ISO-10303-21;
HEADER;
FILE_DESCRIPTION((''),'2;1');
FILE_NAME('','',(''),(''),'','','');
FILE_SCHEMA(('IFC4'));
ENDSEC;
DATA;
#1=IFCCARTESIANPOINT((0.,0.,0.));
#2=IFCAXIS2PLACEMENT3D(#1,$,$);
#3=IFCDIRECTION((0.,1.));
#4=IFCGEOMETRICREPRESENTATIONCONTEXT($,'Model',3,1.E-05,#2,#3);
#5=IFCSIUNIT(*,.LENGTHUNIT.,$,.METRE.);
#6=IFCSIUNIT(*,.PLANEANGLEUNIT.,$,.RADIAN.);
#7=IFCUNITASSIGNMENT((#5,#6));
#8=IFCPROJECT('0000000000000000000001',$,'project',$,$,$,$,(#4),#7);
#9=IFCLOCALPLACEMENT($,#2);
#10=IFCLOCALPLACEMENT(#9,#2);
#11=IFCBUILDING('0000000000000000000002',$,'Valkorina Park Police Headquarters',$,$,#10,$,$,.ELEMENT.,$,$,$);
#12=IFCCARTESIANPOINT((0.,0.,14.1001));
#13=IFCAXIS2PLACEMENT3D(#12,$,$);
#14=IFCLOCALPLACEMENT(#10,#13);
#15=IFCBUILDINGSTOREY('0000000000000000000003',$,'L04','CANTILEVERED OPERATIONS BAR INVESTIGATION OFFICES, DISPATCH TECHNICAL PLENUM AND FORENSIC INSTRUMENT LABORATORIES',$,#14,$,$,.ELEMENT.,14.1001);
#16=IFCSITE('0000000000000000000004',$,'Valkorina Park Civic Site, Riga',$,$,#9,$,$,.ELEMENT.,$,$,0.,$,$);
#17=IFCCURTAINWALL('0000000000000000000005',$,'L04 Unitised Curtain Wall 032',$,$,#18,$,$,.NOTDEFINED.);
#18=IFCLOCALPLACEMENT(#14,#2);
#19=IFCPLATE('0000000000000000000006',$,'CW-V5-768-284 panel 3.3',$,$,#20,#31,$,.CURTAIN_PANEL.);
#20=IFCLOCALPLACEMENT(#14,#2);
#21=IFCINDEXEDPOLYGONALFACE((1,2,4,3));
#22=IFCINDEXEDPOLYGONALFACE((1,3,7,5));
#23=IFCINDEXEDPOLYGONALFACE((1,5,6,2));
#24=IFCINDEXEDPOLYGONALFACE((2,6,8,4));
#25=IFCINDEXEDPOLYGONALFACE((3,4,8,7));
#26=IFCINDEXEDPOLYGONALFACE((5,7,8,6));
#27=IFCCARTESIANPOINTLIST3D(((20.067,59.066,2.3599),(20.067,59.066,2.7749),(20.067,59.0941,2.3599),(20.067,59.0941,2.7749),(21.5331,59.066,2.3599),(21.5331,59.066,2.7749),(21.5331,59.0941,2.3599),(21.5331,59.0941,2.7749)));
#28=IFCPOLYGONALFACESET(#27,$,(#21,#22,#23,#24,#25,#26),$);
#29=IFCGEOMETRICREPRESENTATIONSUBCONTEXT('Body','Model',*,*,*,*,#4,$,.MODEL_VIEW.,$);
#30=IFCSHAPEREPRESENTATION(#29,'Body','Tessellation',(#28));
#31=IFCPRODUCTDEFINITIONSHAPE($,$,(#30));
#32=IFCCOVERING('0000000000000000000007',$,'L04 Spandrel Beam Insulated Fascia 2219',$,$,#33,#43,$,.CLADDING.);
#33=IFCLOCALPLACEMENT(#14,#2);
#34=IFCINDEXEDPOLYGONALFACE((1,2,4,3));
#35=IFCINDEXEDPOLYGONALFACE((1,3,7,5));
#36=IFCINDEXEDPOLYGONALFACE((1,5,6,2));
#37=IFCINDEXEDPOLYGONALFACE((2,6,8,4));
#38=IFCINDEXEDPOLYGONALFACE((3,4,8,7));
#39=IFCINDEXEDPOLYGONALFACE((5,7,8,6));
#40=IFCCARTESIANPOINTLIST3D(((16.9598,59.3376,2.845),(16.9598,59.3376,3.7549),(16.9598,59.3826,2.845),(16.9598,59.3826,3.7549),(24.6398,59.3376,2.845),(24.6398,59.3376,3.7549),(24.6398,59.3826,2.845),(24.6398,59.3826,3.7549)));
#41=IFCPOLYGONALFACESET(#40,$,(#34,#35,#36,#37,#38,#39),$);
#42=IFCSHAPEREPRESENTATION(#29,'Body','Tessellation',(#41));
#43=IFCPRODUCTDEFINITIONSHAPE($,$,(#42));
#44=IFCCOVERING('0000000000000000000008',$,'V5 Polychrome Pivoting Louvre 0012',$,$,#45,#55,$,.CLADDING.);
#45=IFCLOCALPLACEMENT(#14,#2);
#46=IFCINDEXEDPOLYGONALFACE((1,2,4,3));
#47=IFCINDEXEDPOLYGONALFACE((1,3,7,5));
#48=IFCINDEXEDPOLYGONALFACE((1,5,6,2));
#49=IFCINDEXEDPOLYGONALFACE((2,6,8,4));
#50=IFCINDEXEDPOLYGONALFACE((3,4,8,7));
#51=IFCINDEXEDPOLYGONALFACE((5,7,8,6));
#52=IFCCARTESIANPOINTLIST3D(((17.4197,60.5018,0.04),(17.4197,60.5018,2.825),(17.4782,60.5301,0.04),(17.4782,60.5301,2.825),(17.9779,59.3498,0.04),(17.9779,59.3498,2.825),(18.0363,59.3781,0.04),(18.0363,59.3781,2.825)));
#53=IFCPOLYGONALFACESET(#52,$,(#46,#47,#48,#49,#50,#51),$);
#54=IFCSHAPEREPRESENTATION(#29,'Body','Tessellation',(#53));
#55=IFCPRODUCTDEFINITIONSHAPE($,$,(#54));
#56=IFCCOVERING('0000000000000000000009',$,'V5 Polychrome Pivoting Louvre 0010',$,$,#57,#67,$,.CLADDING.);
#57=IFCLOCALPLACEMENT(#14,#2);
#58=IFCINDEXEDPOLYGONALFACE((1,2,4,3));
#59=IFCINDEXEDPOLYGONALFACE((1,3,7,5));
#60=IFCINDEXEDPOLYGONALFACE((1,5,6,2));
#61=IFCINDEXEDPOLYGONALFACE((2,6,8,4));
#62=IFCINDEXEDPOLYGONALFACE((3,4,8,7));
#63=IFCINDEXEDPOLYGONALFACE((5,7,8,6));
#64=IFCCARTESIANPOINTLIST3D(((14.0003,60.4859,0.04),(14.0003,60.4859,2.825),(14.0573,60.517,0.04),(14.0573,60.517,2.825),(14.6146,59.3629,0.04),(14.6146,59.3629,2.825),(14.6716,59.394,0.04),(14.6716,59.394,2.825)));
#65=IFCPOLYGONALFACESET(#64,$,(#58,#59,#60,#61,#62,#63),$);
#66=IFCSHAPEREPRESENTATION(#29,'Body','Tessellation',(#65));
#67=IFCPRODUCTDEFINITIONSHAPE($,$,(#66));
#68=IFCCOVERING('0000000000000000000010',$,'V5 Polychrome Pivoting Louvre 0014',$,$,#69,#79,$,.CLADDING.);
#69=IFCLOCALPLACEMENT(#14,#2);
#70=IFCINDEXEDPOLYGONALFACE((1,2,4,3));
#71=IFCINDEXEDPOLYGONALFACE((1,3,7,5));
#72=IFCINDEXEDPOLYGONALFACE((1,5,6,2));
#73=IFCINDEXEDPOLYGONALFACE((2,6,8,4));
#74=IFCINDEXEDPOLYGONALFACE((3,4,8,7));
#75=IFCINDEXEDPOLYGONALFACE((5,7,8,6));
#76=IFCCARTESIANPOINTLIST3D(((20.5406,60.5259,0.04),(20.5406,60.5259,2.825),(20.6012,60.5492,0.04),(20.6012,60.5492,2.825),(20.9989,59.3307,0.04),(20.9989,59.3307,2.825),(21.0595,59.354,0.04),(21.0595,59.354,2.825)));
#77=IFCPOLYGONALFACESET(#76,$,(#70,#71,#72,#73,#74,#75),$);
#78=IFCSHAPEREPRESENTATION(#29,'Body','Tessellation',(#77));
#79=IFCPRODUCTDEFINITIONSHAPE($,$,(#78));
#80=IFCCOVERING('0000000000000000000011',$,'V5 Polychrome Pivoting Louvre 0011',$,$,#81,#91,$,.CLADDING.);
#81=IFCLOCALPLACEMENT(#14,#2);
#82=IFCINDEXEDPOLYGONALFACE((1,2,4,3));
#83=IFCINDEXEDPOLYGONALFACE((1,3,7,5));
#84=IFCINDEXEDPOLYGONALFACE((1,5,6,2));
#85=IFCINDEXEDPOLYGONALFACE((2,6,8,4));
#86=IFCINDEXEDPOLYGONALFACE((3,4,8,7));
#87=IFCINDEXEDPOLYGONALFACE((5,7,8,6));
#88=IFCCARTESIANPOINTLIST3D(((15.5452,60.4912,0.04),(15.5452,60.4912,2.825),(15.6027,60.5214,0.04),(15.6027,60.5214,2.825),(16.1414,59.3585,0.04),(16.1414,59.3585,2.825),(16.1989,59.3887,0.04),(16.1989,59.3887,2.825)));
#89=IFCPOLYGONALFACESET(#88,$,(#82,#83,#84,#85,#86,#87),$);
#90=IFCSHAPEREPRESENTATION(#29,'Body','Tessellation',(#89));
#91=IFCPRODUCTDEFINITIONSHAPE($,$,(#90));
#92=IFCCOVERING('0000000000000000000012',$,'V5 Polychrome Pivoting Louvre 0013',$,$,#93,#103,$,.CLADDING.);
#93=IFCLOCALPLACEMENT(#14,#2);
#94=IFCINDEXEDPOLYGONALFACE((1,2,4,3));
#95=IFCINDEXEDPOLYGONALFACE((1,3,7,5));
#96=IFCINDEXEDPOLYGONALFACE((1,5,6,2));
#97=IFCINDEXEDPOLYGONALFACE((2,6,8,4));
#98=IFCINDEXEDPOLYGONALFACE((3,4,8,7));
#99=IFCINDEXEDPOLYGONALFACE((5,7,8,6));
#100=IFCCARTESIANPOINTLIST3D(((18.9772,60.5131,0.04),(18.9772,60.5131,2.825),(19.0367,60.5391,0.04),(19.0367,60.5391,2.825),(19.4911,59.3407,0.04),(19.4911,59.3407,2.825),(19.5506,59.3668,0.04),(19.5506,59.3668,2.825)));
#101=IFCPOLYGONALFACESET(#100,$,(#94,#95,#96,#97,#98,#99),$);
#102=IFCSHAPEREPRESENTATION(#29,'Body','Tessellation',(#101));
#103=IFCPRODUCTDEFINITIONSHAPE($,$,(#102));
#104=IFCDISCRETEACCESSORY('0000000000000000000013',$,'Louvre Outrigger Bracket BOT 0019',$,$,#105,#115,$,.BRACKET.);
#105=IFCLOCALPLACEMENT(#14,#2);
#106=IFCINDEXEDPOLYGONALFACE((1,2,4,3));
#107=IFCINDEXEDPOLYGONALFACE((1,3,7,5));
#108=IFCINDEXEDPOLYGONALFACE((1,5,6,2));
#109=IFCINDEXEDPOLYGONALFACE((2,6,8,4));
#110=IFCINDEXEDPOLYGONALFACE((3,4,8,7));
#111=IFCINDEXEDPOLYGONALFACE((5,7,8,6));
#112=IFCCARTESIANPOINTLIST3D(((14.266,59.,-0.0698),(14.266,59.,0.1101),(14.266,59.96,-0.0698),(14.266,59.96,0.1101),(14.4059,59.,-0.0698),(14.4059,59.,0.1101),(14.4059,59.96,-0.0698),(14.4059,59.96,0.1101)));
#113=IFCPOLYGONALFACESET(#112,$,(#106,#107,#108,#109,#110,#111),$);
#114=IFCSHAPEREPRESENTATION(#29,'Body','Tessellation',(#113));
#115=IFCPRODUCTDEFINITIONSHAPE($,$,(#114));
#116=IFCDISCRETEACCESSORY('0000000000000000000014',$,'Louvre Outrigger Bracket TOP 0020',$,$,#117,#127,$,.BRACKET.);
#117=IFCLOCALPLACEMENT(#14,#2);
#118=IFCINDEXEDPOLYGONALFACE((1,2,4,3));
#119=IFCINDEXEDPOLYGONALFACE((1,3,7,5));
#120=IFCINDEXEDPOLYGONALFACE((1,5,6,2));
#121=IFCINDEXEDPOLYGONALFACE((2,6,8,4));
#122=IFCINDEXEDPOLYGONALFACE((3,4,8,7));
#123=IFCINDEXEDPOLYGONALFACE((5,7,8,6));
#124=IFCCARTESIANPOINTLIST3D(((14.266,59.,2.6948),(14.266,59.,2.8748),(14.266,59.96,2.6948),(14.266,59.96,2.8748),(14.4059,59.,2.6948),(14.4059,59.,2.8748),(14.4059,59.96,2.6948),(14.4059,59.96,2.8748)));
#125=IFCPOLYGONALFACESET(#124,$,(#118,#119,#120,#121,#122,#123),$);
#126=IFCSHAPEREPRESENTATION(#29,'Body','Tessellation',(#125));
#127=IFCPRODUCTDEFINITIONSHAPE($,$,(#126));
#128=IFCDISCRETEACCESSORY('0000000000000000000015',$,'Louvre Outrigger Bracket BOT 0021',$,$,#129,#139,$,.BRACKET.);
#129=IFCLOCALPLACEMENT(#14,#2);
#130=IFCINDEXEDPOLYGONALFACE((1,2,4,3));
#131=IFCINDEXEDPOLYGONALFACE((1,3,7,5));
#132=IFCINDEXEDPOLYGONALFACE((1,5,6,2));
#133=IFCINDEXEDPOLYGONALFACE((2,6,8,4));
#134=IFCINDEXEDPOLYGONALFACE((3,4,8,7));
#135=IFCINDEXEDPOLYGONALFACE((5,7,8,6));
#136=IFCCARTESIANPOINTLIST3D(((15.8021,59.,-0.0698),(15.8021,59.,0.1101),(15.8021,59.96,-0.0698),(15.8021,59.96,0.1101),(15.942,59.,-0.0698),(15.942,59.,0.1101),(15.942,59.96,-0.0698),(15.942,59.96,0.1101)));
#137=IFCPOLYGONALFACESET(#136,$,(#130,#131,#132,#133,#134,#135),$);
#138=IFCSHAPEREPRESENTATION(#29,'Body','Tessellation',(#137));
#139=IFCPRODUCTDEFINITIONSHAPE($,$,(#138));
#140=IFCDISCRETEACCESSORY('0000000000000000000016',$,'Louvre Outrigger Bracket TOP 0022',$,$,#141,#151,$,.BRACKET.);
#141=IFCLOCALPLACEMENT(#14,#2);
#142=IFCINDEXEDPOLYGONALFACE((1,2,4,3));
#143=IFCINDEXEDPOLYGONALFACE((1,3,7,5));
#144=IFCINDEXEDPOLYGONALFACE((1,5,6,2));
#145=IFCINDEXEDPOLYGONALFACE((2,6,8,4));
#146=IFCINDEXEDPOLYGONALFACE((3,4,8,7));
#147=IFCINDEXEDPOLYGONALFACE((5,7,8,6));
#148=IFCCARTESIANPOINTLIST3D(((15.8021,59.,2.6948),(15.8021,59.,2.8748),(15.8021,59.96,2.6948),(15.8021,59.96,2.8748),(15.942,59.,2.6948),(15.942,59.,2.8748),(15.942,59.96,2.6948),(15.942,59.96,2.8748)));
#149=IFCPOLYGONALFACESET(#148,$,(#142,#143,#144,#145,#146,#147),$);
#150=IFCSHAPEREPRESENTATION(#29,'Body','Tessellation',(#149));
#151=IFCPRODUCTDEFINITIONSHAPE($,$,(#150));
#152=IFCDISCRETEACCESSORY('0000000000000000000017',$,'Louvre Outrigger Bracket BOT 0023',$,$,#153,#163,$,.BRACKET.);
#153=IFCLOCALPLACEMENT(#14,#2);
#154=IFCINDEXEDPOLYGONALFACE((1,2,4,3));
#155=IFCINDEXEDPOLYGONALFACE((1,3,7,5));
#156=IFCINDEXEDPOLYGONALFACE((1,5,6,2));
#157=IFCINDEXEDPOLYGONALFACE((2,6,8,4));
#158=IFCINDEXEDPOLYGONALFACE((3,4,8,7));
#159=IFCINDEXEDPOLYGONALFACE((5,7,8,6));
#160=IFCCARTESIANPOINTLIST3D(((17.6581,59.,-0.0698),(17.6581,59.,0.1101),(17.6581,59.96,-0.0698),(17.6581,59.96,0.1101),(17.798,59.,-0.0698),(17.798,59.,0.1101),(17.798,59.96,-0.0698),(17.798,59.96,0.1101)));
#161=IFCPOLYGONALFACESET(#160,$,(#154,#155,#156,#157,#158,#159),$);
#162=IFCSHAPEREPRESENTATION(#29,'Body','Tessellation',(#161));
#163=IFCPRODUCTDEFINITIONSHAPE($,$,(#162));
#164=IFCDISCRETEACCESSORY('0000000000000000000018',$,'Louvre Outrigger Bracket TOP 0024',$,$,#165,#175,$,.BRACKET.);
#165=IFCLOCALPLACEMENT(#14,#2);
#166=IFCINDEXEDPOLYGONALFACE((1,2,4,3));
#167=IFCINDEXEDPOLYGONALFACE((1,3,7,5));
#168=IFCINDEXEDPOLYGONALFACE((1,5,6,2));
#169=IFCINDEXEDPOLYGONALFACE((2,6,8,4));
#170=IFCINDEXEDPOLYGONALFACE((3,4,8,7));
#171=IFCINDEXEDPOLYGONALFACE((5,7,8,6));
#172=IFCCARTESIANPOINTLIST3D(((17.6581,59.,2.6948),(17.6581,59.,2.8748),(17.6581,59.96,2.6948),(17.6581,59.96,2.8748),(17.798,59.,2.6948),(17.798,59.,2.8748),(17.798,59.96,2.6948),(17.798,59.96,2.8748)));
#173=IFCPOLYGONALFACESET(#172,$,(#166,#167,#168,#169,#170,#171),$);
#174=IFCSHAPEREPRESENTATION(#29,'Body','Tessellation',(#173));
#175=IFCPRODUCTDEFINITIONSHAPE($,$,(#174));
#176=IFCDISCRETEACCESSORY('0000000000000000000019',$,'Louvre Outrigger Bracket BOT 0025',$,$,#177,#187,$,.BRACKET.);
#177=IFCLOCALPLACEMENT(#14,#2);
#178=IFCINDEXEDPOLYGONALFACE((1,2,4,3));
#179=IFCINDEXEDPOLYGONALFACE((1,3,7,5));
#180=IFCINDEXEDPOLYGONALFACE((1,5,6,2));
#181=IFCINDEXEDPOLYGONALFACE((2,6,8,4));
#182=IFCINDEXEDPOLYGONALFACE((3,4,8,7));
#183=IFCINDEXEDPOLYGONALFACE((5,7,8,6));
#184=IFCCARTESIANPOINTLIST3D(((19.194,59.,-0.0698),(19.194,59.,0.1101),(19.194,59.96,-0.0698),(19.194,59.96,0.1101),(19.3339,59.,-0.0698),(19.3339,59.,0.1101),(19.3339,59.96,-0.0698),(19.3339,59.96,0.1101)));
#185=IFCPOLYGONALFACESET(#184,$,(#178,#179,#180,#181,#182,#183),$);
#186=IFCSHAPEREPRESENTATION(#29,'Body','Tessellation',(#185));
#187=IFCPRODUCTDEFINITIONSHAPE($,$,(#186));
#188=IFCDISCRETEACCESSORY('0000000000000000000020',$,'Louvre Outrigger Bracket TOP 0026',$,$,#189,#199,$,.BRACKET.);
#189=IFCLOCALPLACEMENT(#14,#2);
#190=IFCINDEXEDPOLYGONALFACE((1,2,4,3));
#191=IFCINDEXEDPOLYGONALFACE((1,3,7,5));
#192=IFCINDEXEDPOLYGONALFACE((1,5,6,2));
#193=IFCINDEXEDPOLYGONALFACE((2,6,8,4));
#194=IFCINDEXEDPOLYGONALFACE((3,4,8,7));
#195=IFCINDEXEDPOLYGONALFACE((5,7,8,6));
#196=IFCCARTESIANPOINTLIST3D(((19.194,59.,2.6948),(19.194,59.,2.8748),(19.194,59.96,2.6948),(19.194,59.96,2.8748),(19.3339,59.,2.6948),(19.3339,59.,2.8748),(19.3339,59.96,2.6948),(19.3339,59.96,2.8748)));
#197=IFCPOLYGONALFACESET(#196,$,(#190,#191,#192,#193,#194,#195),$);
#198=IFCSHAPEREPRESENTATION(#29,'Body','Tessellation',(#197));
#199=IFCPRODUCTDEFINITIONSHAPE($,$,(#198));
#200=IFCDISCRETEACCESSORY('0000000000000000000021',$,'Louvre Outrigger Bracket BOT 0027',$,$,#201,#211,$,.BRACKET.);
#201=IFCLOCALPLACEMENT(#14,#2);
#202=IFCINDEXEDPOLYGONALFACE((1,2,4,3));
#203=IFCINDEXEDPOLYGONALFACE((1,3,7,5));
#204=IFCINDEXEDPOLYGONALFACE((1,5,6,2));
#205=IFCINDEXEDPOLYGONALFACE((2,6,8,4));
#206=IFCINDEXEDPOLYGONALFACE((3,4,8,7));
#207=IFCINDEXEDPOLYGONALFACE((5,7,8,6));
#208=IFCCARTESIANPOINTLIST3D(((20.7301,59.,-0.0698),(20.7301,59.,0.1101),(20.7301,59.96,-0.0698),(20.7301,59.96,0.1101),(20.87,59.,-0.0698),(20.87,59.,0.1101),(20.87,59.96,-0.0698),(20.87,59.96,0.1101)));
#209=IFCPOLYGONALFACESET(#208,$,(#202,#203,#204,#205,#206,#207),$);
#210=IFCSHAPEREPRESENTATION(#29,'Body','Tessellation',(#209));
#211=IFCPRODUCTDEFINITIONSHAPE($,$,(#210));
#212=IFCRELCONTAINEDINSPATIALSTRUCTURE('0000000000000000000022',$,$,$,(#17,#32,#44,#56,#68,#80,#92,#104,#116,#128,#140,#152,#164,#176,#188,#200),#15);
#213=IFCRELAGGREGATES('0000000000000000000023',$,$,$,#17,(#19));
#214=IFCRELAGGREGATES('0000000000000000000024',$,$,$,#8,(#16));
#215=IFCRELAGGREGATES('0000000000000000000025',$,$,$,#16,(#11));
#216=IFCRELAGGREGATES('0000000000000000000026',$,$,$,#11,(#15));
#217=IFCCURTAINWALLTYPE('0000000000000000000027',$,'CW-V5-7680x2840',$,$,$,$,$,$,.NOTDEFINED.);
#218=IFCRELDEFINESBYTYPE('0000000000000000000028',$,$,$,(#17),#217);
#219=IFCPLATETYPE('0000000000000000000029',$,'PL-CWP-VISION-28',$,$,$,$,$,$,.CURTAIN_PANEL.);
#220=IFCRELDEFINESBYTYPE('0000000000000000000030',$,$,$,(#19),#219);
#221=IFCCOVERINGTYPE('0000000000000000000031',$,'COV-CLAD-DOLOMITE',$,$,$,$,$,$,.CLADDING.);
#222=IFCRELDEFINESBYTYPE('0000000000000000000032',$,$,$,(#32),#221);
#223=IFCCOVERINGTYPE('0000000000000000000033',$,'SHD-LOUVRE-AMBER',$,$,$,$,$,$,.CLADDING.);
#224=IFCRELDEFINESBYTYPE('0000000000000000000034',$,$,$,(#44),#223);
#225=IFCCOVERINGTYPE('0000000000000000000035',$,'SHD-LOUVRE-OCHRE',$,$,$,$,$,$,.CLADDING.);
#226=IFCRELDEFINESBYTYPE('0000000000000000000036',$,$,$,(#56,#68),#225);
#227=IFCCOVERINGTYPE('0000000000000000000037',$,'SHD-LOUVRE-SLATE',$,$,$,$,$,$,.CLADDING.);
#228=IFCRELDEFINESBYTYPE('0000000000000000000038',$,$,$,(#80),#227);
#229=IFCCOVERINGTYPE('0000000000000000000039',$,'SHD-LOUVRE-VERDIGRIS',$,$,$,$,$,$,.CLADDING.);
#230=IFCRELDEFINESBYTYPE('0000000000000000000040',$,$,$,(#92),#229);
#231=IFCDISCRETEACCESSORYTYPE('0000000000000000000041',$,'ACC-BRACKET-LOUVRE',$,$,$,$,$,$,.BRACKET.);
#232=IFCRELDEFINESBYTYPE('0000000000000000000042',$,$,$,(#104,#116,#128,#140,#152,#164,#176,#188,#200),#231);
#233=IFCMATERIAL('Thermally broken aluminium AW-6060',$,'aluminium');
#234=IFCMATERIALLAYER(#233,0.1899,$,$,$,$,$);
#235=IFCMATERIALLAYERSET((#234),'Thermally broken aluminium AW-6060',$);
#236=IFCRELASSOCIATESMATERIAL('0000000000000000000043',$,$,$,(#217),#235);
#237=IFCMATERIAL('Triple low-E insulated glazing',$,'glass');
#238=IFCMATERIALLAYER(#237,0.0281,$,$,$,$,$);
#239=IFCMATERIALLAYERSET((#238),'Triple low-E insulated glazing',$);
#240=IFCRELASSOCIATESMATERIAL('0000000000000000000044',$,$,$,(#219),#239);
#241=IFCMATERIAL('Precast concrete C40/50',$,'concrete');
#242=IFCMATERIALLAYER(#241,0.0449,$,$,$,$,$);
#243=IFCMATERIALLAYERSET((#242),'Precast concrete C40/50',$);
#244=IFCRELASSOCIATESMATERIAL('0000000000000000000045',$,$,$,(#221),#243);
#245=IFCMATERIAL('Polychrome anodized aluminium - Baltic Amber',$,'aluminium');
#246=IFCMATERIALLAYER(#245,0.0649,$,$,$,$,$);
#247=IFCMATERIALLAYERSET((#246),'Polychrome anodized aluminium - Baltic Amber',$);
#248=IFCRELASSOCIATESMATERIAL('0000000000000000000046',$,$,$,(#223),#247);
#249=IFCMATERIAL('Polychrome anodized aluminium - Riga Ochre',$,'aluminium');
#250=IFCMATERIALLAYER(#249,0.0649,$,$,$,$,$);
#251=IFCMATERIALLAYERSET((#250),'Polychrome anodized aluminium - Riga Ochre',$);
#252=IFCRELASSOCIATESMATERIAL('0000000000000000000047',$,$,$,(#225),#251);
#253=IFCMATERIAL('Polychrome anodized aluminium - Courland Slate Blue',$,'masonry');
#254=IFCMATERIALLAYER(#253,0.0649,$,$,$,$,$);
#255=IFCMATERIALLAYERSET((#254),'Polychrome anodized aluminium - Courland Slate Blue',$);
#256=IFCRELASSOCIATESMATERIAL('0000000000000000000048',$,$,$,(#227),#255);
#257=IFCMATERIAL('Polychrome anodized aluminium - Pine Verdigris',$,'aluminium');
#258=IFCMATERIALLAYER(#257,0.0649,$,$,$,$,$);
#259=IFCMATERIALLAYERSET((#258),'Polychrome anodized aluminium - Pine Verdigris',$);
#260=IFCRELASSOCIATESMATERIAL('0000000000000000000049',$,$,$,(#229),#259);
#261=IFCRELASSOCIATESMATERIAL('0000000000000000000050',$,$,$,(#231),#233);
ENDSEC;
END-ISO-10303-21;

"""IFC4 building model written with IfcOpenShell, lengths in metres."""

from ifc_helpers import new_model, si_unit, direction, frame, frame_2d, origin, origin_2d, place, context, subcontext, project, spatial, rectangle, extrude, material, layer, layer_set, type_object, element, aggregate, save


model = new_model("IFC4")

# Units and contexts
model_context = context("Model", 3, precision=1e-05, world=origin(), true_north=direction((0.0, 1.0)))
body_context = subcontext(model_context, "Body", "Model", "MODEL_VIEW")
ifc_project = project(units=[si_unit("LENGTHUNIT", "METRE"), si_unit("PLANEANGLEUNIT", "RADIAN")], contexts=[model_context])

# Site, building, storey
site_placement = place(None, origin())
site = spatial("IfcSite", under=ifc_project, at=site_placement, Name="Valkorina Park Civic Site, Riga", CompositionType="ELEMENT", RefElevation=0.0)
building_placement = place(site_placement, origin())
building = spatial("IfcBuilding", under=site, at=building_placement, Name="Valkorina Park Police Headquarters", CompositionType="ELEMENT")
storey_placement = place(building_placement, frame((0.0, 0.0, 14.1001)))
storey = spatial("IfcBuildingStorey", under=building, at=storey_placement, Name="L04", Description="CANTILEVERED OPERATIONS BAR INVESTIGATION OFFICES, DISPATCH TECHNICAL PLENUM AND FORENSIC INSTRUMENT LABORATORIES", CompositionType="ELEMENT", Elevation=14.1001)

# Curtain wall, plate
ifc_material_1 = material(Name="Thermally broken aluminium AW-6060", Category="aluminium")
ifc_layer_1 = layer(ifc_material_1, 0.1899)
ifc_layer_set_1 = layer_set([ifc_layer_1], Name="Thermally broken aluminium AW-6060")
curtain_wall_type = type_object("IfcCurtainWallType", Name="CW-V5-7680x2840", PredefinedType="NOTDEFINED", material=ifc_layer_set_1)
curtain_wall_placement = place(storey_placement, origin())
curtain_wall = element("IfcCurtainWall", 1, at=curtain_wall_placement, inside=storey, type_object=curtain_wall_type, Name="L04 Unitised Curtain Wall 032", PredefinedType="NOTDEFINED")
ifc_material_2 = material(Name="Triple low-E insulated glazing", Category="glass")
ifc_layer_2 = layer(ifc_material_2, 0.0281)
ifc_layer_set_2 = layer_set([ifc_layer_2], Name="Triple low-E insulated glazing")
plate_type_1 = type_object("IfcPlateType", Name="PL-CWP-VISION-28", PredefinedType="CURTAIN_PANEL", material=ifc_layer_set_2)
plate_1_placement = place(storey_placement, frame((20.8, 59.0801, 2.3599), z_axis=(0.0, 0.0, 1.0), x_axis=(1.0, 0.0, 0.0)))
plate_1 = element("IfcPlate", 2, at=plate_1_placement, type_object=plate_type_1, Name="CW-V5-768-284 panel 3.3", PredefinedType="CURTAIN_PANEL", context=body_context, shape_type="SweptSolid", body=[
    extrude(rectangle(XDim=1.4661, YDim=0.0281, at=origin_2d()), origin(), (0.0, 0.0, 1.0), 0.415),
])
aggregate(curtain_wall, [plate_1])

# Coverings
ifc_material_3 = material(Name="Precast concrete C40/50", Category="concrete")
ifc_layer_3 = layer(ifc_material_3, 0.0449)
ifc_layer_set_3 = layer_set([ifc_layer_3], Name="Precast concrete C40/50")
covering_type_1 = type_object("IfcCoveringType", Name="COV-CLAD-DOLOMITE", PredefinedType="CLADDING", material=ifc_layer_set_3)
covering_1_placement = place(storey_placement, frame((16.96, 59.3601, 2.845), z_axis=(0.0, 0.0, 1.0), x_axis=(1.0, 0.0, 0.0)))
element("IfcCovering", 3, at=covering_1_placement, inside=storey, type_object=covering_type_1, Name="L04 Spandrel Beam Insulated Fascia 2219", PredefinedType="CLADDING", context=body_context, shape_type="SweptSolid", body=[
    extrude(rectangle(XDim=7.6799, YDim=0.0449, at=frame_2d((3.8398, 0.0))), origin(), (0.0, 0.0, 1.0), 0.9099),
])
ifc_material_4 = material(Name="Polychrome anodized aluminium - Baltic Amber", Category="aluminium")
ifc_layer_4 = layer(ifc_material_4, 0.0649)
ifc_layer_set_4 = layer_set([ifc_layer_4], Name="Polychrome anodized aluminium - Baltic Amber")
covering_type_2 = type_object("IfcCoveringType", Name="SHD-LOUVRE-AMBER", PredefinedType="CLADDING", material=ifc_layer_set_4)
covering_2_placement = place(storey_placement, frame((17.728, 59.9399, 0.04), z_axis=(0.0, 0.0, 1.0), x_axis=(-0.436017, 0.899939, 0.0)))
element("IfcCovering", 4, at=covering_2_placement, inside=storey, type_object=covering_type_2, Name="V5 Polychrome Pivoting Louvre 0012", PredefinedType="CLADDING", context=body_context, shape_type="SweptSolid", body=[
    extrude(rectangle(XDim=1.28, YDim=0.0649, at=origin_2d()), origin(), (0.0, 0.0, 1.0), 2.7849),
])
ifc_material_5 = material(Name="Polychrome anodized aluminium - Riga Ochre", Category="aluminium")
ifc_layer_5 = layer(ifc_material_5, 0.0649)
ifc_layer_set_5 = layer_set([ifc_layer_5], Name="Polychrome anodized aluminium - Riga Ochre")
covering_type_3 = type_object("IfcCoveringType", Name="SHD-LOUVRE-OCHRE", PredefinedType="CLADDING", material=ifc_layer_set_5)
for number, where, z_axis, x_axis, name in (
    (5, (14.3359, 59.9399, 0.04), (0.0, 0.0, 1.0), (-0.479917, 0.877314, 0.0), "V5 Polychrome Pivoting Louvre 0010"),
    (6, (20.8, 59.9399, 0.04), (0.0, 0.0, 1.0), (-0.358042, 0.933705, 0.0), "V5 Polychrome Pivoting Louvre 0014"),
):
    element("IfcCovering", number, at=place(storey_placement, frame(where, z_axis=z_axis, x_axis=x_axis)), inside=storey, type_object=covering_type_3, Name=name, PredefinedType="CLADDING", context=body_context, shape_type="SweptSolid", body=[
        extrude(rectangle(XDim=1.28, YDim=0.0649, at=origin_2d()), origin(), (0.0, 0.0, 1.0), 2.7849),
    ])
ifc_material_6 = material(Name="Polychrome anodized aluminium - Courland Slate Blue", Category="masonry")
ifc_layer_6 = layer(ifc_material_6, 0.0649)
ifc_layer_set_6 = layer_set([ifc_layer_6], Name="Polychrome anodized aluminium - Courland Slate Blue")
covering_type_4 = type_object("IfcCoveringType", Name="SHD-LOUVRE-SLATE", PredefinedType="CLADDING", material=ifc_layer_set_6)
covering_3_placement = place(storey_placement, frame((15.8721, 59.9399, 0.04), z_axis=(0.0, 0.0, 1.0), x_axis=(-0.465769, 0.884906, 0.0)))
element("IfcCovering", 7, at=covering_3_placement, inside=storey, type_object=covering_type_4, Name="V5 Polychrome Pivoting Louvre 0011", PredefinedType="CLADDING", context=body_context, shape_type="SweptSolid", body=[
    extrude(rectangle(XDim=1.28, YDim=0.0649, at=origin_2d()), origin(), (0.0, 0.0, 1.0), 2.7849),
])
ifc_material_7 = material(Name="Polychrome anodized aluminium - Pine Verdigris", Category="aluminium")
ifc_layer_7 = layer(ifc_material_7, 0.0649)
ifc_layer_set_7 = layer_set([ifc_layer_7], Name="Polychrome anodized aluminium - Pine Verdigris")
covering_type_5 = type_object("IfcCoveringType", Name="SHD-LOUVRE-VERDIGRIS", PredefinedType="CLADDING", material=ifc_layer_set_7)
covering_4_placement = place(storey_placement, frame((19.2639, 59.9399, 0.04), z_axis=(0.0, 0.0, 1.0), x_axis=(-0.401468, 0.915873, 0.0)))
element("IfcCovering", 8, at=covering_4_placement, inside=storey, type_object=covering_type_5, Name="V5 Polychrome Pivoting Louvre 0013", PredefinedType="CLADDING", context=body_context, shape_type="SweptSolid", body=[
    extrude(rectangle(XDim=1.28, YDim=0.0649, at=origin_2d()), origin(), (0.0, 0.0, 1.0), 2.7849),
])

# Discrete accessories
discrete_accessory_type = type_object("IfcDiscreteAccessoryType", Name="ACC-BRACKET-LOUVRE", PredefinedType="BRACKET", material=ifc_material_1)
for number, where, z_axis, x_axis, name in (
    (9, (14.3359, 59.48, -0.0698), (0.0, 0.0, 1.0), (0.0, 1.0, 0.0), "Louvre Outrigger Bracket BOT 0019"),
    (10, (14.3359, 59.48, 2.6948), (0.0, 0.0, 1.0), (0.0, 1.0, 0.0), "Louvre Outrigger Bracket TOP 0020"),
    (11, (15.8721, 59.48, -0.0698), (0.0, 0.0, 1.0), (0.0, 1.0, 0.0), "Louvre Outrigger Bracket BOT 0021"),
    (12, (15.8721, 59.48, 2.6948), (0.0, 0.0, 1.0), (0.0, 1.0, 0.0), "Louvre Outrigger Bracket TOP 0022"),
    (13, (17.728, 59.48, -0.0698), (0.0, 0.0, 1.0), (0.0, 1.0, 0.0), "Louvre Outrigger Bracket BOT 0023"),
    (14, (17.728, 59.48, 2.6948), (0.0, 0.0, 1.0), (0.0, 1.0, 0.0), "Louvre Outrigger Bracket TOP 0024"),
    (15, (19.2639, 59.48, -0.0698), (0.0, 0.0, 1.0), (0.0, 1.0, 0.0), "Louvre Outrigger Bracket BOT 0025"),
    (16, (19.2639, 59.48, 2.6948), (0.0, 0.0, 1.0), (0.0, 1.0, 0.0), "Louvre Outrigger Bracket TOP 0026"),
    (17, (20.8, 59.48, -0.0698), (0.0, 0.0, 1.0), (0.0, 1.0, 0.0), "Louvre Outrigger Bracket BOT 0027"),
):
    element("IfcDiscreteAccessory", number, at=place(storey_placement, frame(where, z_axis=z_axis, x_axis=x_axis)), inside=storey, type_object=discrete_accessory_type, Name=name, PredefinedType="BRACKET", context=body_context, shape_type="SweptSolid", body=[
        extrude(rectangle(XDim=0.96, YDim=0.1399, at=origin_2d()), origin(), (0.0, 0.0, 1.0), 0.1799),
    ])

save(model, "model.ifc")
